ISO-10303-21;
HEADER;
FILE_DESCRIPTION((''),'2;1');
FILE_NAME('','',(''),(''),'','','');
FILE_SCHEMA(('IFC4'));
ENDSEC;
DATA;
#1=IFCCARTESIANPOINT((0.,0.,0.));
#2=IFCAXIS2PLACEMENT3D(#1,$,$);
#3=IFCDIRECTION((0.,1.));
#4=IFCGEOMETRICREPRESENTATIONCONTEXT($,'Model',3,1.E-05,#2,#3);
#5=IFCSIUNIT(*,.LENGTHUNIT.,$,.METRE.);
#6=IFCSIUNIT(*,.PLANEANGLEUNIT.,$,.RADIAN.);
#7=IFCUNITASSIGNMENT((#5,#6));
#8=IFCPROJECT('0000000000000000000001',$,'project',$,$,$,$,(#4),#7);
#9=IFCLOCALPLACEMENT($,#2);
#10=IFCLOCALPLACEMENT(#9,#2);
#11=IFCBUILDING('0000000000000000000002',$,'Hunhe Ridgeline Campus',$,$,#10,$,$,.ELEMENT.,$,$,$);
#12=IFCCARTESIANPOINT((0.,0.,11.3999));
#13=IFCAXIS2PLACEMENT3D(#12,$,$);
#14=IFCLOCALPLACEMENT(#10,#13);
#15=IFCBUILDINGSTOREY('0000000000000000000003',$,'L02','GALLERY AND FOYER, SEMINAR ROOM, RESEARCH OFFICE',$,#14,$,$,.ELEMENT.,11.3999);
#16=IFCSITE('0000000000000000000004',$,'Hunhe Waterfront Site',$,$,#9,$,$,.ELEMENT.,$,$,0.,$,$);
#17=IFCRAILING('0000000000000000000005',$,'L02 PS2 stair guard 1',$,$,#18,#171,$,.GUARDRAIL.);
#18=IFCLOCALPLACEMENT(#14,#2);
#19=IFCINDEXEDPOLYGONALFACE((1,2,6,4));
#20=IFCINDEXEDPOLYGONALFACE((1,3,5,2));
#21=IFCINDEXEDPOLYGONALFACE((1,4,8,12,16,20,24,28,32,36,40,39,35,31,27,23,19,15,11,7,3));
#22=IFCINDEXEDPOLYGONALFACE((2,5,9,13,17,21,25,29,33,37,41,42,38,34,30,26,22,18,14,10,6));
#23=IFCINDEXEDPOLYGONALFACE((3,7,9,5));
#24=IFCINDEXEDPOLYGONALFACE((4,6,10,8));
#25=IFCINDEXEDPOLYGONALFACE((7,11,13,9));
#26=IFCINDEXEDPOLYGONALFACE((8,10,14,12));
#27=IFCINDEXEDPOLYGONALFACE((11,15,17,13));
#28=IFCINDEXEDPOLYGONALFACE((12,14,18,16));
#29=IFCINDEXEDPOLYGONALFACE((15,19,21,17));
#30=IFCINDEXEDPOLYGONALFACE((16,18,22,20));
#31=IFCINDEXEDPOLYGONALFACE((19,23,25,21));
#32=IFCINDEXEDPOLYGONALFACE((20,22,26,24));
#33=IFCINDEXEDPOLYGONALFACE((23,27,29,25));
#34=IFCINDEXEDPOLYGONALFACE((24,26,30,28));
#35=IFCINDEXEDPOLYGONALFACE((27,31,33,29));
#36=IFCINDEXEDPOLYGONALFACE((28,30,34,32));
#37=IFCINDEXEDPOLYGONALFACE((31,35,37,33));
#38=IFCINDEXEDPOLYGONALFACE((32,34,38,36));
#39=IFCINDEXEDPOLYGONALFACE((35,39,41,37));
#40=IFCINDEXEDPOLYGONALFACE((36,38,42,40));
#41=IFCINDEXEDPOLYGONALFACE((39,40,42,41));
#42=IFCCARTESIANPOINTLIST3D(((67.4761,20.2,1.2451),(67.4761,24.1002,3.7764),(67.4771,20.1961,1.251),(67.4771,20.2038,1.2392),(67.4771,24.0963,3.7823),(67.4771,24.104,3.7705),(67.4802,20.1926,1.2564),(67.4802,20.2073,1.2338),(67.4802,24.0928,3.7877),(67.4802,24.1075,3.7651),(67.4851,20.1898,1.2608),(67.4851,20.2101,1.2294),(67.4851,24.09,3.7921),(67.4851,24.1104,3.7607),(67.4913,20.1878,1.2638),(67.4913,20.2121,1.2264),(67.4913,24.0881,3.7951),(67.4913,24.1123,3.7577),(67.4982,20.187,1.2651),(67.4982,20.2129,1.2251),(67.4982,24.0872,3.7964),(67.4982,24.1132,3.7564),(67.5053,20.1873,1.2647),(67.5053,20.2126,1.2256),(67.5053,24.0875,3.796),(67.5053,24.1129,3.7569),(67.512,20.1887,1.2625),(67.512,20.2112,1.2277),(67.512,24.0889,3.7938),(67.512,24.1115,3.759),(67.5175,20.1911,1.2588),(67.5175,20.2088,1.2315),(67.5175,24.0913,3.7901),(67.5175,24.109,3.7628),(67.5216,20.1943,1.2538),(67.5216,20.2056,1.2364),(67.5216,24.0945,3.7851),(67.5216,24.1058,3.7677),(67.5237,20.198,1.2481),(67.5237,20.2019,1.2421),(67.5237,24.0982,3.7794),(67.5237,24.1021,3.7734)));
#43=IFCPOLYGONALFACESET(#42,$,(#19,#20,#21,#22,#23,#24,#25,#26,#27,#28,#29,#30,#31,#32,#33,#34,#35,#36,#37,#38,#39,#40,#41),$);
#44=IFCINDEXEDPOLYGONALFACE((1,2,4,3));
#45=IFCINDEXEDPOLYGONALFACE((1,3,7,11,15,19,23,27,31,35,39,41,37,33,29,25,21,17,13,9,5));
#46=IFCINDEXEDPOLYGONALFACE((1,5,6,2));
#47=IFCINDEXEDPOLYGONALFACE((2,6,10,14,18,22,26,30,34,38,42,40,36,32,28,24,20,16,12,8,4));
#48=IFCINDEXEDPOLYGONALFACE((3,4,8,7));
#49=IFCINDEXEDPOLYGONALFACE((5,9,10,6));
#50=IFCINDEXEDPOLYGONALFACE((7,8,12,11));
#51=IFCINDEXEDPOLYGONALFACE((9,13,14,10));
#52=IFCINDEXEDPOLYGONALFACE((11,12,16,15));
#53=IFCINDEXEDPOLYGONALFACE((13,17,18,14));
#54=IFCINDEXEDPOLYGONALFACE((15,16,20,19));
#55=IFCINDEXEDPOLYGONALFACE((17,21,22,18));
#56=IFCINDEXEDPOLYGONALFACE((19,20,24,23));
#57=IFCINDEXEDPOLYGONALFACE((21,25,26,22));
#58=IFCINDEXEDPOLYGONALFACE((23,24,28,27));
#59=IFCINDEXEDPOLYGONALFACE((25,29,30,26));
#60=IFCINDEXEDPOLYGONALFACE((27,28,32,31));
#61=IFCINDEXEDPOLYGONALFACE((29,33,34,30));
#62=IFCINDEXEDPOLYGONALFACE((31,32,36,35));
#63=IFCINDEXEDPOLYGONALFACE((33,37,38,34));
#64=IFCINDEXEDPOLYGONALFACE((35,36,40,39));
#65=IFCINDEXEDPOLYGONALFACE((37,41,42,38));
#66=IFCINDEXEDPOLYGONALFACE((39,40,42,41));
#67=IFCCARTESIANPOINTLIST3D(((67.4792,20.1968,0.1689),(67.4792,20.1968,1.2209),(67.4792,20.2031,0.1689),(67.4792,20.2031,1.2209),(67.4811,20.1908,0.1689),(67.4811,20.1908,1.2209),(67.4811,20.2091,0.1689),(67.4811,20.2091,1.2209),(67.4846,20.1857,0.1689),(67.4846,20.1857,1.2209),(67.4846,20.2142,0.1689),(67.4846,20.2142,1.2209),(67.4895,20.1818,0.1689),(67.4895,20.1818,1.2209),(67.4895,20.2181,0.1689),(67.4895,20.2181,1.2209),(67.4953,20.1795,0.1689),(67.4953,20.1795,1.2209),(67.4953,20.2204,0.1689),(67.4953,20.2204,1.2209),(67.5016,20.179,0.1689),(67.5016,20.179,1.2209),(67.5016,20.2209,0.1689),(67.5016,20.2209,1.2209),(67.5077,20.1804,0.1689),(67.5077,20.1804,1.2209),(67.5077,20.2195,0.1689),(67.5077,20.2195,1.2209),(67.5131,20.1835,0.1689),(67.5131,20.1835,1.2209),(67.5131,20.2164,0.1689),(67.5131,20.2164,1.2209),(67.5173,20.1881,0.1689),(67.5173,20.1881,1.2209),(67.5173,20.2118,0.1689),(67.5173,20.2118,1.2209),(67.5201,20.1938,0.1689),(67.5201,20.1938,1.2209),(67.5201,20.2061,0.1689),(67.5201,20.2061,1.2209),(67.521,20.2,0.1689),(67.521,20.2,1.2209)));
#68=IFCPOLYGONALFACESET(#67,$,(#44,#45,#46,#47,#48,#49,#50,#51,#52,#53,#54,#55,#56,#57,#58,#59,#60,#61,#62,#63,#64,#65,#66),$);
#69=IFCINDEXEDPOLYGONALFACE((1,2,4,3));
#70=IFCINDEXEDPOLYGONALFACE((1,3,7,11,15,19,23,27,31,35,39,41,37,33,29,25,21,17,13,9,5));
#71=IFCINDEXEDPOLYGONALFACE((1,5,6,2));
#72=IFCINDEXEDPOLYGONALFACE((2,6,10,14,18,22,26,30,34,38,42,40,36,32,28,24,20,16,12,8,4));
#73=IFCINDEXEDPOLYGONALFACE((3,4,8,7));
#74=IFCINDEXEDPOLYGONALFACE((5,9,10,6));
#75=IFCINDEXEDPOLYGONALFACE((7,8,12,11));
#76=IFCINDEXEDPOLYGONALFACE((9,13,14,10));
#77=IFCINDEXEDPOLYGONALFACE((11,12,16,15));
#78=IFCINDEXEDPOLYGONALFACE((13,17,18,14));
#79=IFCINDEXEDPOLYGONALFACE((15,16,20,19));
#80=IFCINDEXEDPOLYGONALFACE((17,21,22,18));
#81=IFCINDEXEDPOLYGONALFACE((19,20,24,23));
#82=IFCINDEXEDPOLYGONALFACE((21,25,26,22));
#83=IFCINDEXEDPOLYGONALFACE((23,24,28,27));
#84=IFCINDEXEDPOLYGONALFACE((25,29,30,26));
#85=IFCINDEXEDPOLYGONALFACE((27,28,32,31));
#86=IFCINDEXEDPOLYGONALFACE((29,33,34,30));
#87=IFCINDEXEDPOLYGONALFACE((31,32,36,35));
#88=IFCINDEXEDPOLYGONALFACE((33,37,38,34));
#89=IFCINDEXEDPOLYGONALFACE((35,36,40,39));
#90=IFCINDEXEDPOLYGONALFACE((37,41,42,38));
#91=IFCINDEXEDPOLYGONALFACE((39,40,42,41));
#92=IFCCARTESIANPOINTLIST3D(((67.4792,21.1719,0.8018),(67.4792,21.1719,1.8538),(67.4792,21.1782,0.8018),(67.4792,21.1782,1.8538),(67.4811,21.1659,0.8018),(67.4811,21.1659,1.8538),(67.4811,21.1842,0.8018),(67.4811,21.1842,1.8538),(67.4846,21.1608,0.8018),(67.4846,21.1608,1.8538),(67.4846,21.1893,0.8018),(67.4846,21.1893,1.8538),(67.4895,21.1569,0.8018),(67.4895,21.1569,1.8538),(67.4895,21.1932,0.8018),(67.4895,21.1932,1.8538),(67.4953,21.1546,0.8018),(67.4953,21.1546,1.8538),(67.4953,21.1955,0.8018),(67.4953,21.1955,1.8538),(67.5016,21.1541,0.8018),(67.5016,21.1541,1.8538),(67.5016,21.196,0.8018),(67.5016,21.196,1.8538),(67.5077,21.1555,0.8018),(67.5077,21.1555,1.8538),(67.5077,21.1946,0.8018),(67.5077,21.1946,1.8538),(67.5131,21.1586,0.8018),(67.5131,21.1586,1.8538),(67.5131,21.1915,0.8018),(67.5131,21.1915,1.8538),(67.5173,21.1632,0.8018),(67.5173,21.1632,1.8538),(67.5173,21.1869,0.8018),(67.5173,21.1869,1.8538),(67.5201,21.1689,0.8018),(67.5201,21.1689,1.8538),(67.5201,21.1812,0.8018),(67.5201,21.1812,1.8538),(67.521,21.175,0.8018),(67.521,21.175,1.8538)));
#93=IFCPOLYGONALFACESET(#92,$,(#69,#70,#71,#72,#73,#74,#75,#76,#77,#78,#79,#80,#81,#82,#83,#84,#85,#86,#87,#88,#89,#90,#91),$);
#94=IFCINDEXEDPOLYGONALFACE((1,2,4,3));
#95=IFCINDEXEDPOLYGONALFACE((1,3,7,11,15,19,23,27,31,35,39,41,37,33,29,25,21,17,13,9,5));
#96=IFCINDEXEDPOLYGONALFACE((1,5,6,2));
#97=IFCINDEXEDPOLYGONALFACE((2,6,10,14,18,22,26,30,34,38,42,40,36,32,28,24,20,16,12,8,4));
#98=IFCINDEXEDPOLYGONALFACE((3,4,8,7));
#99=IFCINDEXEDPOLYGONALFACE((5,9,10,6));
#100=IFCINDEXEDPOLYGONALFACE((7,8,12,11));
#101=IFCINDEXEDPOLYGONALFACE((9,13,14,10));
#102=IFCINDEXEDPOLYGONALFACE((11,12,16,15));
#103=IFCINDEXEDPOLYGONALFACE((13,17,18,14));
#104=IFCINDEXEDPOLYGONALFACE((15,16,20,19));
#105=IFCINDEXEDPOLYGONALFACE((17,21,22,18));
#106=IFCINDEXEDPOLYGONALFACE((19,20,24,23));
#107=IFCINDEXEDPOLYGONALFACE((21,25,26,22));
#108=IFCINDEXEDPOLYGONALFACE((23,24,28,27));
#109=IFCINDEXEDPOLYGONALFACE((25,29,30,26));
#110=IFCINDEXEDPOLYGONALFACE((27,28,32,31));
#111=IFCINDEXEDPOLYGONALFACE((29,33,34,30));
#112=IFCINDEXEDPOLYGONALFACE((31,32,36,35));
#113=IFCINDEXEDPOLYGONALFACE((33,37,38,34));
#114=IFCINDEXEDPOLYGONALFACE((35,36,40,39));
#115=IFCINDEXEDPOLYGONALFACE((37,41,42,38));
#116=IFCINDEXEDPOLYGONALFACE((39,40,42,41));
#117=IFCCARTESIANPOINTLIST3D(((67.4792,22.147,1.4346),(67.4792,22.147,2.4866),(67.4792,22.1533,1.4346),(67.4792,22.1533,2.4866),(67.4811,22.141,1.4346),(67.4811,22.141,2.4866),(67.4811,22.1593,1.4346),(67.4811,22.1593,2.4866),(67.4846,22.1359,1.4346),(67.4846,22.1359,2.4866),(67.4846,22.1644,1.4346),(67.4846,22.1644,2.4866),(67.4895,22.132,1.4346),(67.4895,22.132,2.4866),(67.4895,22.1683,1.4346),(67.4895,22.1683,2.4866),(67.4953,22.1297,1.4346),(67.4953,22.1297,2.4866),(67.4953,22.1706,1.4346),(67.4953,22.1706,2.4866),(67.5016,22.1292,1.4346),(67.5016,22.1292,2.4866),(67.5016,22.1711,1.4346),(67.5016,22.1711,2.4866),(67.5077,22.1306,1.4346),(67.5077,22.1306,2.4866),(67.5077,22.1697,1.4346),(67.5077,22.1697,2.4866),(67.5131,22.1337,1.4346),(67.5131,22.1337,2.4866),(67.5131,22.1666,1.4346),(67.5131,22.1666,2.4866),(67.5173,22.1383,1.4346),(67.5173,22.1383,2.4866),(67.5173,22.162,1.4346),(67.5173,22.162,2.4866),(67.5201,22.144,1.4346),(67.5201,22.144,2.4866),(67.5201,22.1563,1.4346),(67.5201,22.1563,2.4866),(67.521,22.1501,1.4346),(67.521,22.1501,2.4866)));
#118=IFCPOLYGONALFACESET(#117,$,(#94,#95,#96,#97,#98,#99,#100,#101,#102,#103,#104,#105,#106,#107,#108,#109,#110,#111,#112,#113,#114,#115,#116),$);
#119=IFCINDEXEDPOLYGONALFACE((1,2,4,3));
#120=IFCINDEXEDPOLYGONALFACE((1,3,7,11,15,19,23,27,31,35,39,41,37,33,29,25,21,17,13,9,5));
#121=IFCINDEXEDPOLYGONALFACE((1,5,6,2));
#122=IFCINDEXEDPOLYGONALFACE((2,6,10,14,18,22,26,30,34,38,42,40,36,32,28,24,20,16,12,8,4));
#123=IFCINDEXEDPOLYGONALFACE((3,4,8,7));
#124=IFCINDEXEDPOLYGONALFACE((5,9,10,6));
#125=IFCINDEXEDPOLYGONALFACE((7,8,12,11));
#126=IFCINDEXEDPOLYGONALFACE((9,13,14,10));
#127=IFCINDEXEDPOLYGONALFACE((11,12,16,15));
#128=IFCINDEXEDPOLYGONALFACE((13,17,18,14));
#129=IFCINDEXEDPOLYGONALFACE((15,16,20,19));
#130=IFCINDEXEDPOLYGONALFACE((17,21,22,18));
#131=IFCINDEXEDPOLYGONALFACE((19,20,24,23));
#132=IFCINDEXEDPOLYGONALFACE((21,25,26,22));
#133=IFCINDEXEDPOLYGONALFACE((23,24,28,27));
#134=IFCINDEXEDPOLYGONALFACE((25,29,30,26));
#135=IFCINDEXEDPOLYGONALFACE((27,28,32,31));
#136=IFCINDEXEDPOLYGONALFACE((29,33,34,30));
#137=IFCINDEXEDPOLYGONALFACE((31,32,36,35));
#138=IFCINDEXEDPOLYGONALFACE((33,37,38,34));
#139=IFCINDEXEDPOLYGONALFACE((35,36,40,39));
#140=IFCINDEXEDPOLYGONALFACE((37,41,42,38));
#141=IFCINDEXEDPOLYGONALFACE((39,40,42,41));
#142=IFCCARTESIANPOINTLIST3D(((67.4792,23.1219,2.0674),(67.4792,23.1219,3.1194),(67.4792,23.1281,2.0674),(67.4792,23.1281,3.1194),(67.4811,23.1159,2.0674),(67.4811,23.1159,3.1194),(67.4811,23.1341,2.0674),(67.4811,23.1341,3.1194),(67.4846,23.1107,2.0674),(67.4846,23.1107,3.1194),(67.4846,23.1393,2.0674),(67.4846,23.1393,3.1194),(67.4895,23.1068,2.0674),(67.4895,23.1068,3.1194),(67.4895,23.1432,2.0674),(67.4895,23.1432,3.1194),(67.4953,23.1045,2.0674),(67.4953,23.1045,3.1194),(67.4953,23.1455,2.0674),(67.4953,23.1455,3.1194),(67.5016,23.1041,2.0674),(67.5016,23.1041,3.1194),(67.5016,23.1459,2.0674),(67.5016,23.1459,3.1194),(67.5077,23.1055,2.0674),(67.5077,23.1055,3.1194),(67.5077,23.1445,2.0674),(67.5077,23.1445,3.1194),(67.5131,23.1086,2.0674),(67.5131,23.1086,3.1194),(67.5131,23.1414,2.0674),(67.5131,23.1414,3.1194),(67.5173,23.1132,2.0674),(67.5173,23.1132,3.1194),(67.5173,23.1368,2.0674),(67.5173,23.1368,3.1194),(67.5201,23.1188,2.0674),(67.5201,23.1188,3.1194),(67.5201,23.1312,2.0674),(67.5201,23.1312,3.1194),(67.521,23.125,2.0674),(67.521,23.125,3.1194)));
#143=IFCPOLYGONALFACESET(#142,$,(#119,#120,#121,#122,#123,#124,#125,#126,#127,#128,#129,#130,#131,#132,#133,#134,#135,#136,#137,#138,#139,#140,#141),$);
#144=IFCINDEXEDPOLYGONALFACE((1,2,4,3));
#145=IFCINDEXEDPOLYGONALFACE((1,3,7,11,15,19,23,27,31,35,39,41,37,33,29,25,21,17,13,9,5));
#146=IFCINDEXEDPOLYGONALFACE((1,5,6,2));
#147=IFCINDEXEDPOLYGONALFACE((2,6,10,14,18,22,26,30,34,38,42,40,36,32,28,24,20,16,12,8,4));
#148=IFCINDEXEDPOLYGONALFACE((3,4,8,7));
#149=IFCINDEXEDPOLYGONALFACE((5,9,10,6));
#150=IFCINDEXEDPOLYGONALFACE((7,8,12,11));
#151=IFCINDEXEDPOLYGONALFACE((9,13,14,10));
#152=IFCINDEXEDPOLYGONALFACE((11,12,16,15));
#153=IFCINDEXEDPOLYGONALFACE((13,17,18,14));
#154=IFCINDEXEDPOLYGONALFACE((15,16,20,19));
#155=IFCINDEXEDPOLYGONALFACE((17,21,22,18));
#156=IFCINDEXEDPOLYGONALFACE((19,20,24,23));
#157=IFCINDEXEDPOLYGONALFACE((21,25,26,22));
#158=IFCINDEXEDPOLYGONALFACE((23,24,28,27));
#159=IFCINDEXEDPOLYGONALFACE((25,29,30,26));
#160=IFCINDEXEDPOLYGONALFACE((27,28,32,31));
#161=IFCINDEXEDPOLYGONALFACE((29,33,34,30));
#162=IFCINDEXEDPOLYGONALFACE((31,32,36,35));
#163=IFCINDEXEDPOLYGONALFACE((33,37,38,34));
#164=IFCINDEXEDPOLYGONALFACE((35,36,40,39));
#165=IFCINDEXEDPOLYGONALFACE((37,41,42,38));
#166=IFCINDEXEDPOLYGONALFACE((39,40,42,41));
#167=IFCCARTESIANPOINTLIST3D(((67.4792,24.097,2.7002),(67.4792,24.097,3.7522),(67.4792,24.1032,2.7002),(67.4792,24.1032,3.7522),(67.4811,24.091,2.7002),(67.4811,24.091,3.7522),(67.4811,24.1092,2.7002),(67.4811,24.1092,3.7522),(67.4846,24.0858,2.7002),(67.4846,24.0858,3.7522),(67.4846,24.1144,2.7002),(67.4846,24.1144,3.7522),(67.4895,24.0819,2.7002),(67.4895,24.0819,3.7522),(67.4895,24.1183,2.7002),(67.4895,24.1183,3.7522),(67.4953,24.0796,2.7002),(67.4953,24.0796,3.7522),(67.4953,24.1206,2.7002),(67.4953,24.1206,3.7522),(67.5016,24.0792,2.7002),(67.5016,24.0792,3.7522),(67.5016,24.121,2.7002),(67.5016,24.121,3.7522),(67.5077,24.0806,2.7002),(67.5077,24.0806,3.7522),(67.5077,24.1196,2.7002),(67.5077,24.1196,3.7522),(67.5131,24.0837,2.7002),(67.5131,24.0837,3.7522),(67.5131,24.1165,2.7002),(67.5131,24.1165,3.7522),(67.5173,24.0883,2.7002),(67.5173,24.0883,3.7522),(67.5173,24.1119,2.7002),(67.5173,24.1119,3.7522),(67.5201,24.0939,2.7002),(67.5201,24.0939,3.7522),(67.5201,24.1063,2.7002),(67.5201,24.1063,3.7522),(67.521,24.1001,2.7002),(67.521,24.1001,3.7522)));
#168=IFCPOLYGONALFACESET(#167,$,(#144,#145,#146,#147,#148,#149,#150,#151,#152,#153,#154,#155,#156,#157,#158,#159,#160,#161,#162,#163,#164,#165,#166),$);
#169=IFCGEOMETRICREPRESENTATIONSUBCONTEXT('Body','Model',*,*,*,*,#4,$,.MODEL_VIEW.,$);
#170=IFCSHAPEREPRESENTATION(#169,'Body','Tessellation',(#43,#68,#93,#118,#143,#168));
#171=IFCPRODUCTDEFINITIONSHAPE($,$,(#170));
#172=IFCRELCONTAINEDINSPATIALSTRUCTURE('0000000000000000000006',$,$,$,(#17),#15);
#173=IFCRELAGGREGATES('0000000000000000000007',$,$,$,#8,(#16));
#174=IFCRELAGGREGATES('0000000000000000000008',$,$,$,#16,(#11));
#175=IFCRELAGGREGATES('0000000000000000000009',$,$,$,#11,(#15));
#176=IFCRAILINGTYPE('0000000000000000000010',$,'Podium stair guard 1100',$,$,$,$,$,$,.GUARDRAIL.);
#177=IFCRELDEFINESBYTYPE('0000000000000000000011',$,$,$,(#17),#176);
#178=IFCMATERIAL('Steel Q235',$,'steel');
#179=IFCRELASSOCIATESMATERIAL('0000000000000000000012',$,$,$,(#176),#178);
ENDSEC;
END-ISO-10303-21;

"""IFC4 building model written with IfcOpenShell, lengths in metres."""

from ifc_helpers import new_model, si_unit, direction, frame, origin, origin_2d, place, context, subcontext, project, spatial, circle, extrude, material, type_object, element, save


model = new_model("IFC4")

# Units and contexts
model_context = context("Model", 3, precision=1e-05, world=origin(), true_north=direction((0.0, 1.0)))
body_context = subcontext(model_context, "Body", "Model", "MODEL_VIEW")
ifc_project = project(units=[si_unit("LENGTHUNIT", "METRE"), si_unit("PLANEANGLEUNIT", "RADIAN")], contexts=[model_context])

# Site, building, storey
site_placement = place(None, origin())
site = spatial("IfcSite", under=ifc_project, at=site_placement, Name="Hunhe Waterfront Site", CompositionType="ELEMENT", RefElevation=0.0)
building_placement = place(site_placement, origin())
building = spatial("IfcBuilding", under=site, at=building_placement, Name="Hunhe Ridgeline Campus", CompositionType="ELEMENT")
storey_placement = place(building_placement, frame((0.0, 0.0, 11.3999)))
storey = spatial("IfcBuildingStorey", under=building, at=storey_placement, Name="L02", Description="GALLERY AND FOYER, SEMINAR ROOM, RESEARCH OFFICE", CompositionType="ELEMENT", Elevation=11.3999)

# Shared definitions
ifc_material_1 = material(Name="Steel Q235", Category="steel")

# Railing
railing_type_1 = type_object("IfcRailingType", Name="Podium stair guard 1100", PredefinedType="GUARDRAIL", material=ifc_material_1)
railing_1_placement = place(storey_placement, frame((67.5, 20.2, 0.1689)))
element("IfcRailing", 1, at=railing_1_placement, inside=storey, type_object=railing_type_1, Name="L02 PS2 stair guard 1", PredefinedType="GUARDRAIL", context=body_context, shape_type="SweptSolid", body=[
    extrude(circle(Radius=0.0239, at=origin_2d()), frame((0.0, 0.0, 1.0762), z_axis=(0.0, 0.838821, 0.544407), x_axis=(-1.0, 0.0, 0.0)), (0.0, 0.0, 1.0), 4.6497),
    extrude(circle(Radius=0.021, at=origin_2d()), origin(), (0.0, 0.0, 1.0), 1.052),
    extrude(circle(Radius=0.021, at=origin_2d()), frame((0.0, 0.9751, 0.6328)), (0.0, 0.0, 1.0), 1.052),
    extrude(circle(Radius=0.021, at=origin_2d()), frame((0.0, 1.9502, 1.2656)), (0.0, 0.0, 1.0), 1.052),
    extrude(circle(Radius=0.021, at=origin_2d()), frame((0.0, 2.925, 1.8984)), (0.0, 0.0, 1.0), 1.052),
    extrude(circle(Radius=0.021, at=origin_2d()), frame((0.0, 3.9001, 2.5312)), (0.0, 0.0, 1.0), 1.052),
])

save(model, "model.ifc")
